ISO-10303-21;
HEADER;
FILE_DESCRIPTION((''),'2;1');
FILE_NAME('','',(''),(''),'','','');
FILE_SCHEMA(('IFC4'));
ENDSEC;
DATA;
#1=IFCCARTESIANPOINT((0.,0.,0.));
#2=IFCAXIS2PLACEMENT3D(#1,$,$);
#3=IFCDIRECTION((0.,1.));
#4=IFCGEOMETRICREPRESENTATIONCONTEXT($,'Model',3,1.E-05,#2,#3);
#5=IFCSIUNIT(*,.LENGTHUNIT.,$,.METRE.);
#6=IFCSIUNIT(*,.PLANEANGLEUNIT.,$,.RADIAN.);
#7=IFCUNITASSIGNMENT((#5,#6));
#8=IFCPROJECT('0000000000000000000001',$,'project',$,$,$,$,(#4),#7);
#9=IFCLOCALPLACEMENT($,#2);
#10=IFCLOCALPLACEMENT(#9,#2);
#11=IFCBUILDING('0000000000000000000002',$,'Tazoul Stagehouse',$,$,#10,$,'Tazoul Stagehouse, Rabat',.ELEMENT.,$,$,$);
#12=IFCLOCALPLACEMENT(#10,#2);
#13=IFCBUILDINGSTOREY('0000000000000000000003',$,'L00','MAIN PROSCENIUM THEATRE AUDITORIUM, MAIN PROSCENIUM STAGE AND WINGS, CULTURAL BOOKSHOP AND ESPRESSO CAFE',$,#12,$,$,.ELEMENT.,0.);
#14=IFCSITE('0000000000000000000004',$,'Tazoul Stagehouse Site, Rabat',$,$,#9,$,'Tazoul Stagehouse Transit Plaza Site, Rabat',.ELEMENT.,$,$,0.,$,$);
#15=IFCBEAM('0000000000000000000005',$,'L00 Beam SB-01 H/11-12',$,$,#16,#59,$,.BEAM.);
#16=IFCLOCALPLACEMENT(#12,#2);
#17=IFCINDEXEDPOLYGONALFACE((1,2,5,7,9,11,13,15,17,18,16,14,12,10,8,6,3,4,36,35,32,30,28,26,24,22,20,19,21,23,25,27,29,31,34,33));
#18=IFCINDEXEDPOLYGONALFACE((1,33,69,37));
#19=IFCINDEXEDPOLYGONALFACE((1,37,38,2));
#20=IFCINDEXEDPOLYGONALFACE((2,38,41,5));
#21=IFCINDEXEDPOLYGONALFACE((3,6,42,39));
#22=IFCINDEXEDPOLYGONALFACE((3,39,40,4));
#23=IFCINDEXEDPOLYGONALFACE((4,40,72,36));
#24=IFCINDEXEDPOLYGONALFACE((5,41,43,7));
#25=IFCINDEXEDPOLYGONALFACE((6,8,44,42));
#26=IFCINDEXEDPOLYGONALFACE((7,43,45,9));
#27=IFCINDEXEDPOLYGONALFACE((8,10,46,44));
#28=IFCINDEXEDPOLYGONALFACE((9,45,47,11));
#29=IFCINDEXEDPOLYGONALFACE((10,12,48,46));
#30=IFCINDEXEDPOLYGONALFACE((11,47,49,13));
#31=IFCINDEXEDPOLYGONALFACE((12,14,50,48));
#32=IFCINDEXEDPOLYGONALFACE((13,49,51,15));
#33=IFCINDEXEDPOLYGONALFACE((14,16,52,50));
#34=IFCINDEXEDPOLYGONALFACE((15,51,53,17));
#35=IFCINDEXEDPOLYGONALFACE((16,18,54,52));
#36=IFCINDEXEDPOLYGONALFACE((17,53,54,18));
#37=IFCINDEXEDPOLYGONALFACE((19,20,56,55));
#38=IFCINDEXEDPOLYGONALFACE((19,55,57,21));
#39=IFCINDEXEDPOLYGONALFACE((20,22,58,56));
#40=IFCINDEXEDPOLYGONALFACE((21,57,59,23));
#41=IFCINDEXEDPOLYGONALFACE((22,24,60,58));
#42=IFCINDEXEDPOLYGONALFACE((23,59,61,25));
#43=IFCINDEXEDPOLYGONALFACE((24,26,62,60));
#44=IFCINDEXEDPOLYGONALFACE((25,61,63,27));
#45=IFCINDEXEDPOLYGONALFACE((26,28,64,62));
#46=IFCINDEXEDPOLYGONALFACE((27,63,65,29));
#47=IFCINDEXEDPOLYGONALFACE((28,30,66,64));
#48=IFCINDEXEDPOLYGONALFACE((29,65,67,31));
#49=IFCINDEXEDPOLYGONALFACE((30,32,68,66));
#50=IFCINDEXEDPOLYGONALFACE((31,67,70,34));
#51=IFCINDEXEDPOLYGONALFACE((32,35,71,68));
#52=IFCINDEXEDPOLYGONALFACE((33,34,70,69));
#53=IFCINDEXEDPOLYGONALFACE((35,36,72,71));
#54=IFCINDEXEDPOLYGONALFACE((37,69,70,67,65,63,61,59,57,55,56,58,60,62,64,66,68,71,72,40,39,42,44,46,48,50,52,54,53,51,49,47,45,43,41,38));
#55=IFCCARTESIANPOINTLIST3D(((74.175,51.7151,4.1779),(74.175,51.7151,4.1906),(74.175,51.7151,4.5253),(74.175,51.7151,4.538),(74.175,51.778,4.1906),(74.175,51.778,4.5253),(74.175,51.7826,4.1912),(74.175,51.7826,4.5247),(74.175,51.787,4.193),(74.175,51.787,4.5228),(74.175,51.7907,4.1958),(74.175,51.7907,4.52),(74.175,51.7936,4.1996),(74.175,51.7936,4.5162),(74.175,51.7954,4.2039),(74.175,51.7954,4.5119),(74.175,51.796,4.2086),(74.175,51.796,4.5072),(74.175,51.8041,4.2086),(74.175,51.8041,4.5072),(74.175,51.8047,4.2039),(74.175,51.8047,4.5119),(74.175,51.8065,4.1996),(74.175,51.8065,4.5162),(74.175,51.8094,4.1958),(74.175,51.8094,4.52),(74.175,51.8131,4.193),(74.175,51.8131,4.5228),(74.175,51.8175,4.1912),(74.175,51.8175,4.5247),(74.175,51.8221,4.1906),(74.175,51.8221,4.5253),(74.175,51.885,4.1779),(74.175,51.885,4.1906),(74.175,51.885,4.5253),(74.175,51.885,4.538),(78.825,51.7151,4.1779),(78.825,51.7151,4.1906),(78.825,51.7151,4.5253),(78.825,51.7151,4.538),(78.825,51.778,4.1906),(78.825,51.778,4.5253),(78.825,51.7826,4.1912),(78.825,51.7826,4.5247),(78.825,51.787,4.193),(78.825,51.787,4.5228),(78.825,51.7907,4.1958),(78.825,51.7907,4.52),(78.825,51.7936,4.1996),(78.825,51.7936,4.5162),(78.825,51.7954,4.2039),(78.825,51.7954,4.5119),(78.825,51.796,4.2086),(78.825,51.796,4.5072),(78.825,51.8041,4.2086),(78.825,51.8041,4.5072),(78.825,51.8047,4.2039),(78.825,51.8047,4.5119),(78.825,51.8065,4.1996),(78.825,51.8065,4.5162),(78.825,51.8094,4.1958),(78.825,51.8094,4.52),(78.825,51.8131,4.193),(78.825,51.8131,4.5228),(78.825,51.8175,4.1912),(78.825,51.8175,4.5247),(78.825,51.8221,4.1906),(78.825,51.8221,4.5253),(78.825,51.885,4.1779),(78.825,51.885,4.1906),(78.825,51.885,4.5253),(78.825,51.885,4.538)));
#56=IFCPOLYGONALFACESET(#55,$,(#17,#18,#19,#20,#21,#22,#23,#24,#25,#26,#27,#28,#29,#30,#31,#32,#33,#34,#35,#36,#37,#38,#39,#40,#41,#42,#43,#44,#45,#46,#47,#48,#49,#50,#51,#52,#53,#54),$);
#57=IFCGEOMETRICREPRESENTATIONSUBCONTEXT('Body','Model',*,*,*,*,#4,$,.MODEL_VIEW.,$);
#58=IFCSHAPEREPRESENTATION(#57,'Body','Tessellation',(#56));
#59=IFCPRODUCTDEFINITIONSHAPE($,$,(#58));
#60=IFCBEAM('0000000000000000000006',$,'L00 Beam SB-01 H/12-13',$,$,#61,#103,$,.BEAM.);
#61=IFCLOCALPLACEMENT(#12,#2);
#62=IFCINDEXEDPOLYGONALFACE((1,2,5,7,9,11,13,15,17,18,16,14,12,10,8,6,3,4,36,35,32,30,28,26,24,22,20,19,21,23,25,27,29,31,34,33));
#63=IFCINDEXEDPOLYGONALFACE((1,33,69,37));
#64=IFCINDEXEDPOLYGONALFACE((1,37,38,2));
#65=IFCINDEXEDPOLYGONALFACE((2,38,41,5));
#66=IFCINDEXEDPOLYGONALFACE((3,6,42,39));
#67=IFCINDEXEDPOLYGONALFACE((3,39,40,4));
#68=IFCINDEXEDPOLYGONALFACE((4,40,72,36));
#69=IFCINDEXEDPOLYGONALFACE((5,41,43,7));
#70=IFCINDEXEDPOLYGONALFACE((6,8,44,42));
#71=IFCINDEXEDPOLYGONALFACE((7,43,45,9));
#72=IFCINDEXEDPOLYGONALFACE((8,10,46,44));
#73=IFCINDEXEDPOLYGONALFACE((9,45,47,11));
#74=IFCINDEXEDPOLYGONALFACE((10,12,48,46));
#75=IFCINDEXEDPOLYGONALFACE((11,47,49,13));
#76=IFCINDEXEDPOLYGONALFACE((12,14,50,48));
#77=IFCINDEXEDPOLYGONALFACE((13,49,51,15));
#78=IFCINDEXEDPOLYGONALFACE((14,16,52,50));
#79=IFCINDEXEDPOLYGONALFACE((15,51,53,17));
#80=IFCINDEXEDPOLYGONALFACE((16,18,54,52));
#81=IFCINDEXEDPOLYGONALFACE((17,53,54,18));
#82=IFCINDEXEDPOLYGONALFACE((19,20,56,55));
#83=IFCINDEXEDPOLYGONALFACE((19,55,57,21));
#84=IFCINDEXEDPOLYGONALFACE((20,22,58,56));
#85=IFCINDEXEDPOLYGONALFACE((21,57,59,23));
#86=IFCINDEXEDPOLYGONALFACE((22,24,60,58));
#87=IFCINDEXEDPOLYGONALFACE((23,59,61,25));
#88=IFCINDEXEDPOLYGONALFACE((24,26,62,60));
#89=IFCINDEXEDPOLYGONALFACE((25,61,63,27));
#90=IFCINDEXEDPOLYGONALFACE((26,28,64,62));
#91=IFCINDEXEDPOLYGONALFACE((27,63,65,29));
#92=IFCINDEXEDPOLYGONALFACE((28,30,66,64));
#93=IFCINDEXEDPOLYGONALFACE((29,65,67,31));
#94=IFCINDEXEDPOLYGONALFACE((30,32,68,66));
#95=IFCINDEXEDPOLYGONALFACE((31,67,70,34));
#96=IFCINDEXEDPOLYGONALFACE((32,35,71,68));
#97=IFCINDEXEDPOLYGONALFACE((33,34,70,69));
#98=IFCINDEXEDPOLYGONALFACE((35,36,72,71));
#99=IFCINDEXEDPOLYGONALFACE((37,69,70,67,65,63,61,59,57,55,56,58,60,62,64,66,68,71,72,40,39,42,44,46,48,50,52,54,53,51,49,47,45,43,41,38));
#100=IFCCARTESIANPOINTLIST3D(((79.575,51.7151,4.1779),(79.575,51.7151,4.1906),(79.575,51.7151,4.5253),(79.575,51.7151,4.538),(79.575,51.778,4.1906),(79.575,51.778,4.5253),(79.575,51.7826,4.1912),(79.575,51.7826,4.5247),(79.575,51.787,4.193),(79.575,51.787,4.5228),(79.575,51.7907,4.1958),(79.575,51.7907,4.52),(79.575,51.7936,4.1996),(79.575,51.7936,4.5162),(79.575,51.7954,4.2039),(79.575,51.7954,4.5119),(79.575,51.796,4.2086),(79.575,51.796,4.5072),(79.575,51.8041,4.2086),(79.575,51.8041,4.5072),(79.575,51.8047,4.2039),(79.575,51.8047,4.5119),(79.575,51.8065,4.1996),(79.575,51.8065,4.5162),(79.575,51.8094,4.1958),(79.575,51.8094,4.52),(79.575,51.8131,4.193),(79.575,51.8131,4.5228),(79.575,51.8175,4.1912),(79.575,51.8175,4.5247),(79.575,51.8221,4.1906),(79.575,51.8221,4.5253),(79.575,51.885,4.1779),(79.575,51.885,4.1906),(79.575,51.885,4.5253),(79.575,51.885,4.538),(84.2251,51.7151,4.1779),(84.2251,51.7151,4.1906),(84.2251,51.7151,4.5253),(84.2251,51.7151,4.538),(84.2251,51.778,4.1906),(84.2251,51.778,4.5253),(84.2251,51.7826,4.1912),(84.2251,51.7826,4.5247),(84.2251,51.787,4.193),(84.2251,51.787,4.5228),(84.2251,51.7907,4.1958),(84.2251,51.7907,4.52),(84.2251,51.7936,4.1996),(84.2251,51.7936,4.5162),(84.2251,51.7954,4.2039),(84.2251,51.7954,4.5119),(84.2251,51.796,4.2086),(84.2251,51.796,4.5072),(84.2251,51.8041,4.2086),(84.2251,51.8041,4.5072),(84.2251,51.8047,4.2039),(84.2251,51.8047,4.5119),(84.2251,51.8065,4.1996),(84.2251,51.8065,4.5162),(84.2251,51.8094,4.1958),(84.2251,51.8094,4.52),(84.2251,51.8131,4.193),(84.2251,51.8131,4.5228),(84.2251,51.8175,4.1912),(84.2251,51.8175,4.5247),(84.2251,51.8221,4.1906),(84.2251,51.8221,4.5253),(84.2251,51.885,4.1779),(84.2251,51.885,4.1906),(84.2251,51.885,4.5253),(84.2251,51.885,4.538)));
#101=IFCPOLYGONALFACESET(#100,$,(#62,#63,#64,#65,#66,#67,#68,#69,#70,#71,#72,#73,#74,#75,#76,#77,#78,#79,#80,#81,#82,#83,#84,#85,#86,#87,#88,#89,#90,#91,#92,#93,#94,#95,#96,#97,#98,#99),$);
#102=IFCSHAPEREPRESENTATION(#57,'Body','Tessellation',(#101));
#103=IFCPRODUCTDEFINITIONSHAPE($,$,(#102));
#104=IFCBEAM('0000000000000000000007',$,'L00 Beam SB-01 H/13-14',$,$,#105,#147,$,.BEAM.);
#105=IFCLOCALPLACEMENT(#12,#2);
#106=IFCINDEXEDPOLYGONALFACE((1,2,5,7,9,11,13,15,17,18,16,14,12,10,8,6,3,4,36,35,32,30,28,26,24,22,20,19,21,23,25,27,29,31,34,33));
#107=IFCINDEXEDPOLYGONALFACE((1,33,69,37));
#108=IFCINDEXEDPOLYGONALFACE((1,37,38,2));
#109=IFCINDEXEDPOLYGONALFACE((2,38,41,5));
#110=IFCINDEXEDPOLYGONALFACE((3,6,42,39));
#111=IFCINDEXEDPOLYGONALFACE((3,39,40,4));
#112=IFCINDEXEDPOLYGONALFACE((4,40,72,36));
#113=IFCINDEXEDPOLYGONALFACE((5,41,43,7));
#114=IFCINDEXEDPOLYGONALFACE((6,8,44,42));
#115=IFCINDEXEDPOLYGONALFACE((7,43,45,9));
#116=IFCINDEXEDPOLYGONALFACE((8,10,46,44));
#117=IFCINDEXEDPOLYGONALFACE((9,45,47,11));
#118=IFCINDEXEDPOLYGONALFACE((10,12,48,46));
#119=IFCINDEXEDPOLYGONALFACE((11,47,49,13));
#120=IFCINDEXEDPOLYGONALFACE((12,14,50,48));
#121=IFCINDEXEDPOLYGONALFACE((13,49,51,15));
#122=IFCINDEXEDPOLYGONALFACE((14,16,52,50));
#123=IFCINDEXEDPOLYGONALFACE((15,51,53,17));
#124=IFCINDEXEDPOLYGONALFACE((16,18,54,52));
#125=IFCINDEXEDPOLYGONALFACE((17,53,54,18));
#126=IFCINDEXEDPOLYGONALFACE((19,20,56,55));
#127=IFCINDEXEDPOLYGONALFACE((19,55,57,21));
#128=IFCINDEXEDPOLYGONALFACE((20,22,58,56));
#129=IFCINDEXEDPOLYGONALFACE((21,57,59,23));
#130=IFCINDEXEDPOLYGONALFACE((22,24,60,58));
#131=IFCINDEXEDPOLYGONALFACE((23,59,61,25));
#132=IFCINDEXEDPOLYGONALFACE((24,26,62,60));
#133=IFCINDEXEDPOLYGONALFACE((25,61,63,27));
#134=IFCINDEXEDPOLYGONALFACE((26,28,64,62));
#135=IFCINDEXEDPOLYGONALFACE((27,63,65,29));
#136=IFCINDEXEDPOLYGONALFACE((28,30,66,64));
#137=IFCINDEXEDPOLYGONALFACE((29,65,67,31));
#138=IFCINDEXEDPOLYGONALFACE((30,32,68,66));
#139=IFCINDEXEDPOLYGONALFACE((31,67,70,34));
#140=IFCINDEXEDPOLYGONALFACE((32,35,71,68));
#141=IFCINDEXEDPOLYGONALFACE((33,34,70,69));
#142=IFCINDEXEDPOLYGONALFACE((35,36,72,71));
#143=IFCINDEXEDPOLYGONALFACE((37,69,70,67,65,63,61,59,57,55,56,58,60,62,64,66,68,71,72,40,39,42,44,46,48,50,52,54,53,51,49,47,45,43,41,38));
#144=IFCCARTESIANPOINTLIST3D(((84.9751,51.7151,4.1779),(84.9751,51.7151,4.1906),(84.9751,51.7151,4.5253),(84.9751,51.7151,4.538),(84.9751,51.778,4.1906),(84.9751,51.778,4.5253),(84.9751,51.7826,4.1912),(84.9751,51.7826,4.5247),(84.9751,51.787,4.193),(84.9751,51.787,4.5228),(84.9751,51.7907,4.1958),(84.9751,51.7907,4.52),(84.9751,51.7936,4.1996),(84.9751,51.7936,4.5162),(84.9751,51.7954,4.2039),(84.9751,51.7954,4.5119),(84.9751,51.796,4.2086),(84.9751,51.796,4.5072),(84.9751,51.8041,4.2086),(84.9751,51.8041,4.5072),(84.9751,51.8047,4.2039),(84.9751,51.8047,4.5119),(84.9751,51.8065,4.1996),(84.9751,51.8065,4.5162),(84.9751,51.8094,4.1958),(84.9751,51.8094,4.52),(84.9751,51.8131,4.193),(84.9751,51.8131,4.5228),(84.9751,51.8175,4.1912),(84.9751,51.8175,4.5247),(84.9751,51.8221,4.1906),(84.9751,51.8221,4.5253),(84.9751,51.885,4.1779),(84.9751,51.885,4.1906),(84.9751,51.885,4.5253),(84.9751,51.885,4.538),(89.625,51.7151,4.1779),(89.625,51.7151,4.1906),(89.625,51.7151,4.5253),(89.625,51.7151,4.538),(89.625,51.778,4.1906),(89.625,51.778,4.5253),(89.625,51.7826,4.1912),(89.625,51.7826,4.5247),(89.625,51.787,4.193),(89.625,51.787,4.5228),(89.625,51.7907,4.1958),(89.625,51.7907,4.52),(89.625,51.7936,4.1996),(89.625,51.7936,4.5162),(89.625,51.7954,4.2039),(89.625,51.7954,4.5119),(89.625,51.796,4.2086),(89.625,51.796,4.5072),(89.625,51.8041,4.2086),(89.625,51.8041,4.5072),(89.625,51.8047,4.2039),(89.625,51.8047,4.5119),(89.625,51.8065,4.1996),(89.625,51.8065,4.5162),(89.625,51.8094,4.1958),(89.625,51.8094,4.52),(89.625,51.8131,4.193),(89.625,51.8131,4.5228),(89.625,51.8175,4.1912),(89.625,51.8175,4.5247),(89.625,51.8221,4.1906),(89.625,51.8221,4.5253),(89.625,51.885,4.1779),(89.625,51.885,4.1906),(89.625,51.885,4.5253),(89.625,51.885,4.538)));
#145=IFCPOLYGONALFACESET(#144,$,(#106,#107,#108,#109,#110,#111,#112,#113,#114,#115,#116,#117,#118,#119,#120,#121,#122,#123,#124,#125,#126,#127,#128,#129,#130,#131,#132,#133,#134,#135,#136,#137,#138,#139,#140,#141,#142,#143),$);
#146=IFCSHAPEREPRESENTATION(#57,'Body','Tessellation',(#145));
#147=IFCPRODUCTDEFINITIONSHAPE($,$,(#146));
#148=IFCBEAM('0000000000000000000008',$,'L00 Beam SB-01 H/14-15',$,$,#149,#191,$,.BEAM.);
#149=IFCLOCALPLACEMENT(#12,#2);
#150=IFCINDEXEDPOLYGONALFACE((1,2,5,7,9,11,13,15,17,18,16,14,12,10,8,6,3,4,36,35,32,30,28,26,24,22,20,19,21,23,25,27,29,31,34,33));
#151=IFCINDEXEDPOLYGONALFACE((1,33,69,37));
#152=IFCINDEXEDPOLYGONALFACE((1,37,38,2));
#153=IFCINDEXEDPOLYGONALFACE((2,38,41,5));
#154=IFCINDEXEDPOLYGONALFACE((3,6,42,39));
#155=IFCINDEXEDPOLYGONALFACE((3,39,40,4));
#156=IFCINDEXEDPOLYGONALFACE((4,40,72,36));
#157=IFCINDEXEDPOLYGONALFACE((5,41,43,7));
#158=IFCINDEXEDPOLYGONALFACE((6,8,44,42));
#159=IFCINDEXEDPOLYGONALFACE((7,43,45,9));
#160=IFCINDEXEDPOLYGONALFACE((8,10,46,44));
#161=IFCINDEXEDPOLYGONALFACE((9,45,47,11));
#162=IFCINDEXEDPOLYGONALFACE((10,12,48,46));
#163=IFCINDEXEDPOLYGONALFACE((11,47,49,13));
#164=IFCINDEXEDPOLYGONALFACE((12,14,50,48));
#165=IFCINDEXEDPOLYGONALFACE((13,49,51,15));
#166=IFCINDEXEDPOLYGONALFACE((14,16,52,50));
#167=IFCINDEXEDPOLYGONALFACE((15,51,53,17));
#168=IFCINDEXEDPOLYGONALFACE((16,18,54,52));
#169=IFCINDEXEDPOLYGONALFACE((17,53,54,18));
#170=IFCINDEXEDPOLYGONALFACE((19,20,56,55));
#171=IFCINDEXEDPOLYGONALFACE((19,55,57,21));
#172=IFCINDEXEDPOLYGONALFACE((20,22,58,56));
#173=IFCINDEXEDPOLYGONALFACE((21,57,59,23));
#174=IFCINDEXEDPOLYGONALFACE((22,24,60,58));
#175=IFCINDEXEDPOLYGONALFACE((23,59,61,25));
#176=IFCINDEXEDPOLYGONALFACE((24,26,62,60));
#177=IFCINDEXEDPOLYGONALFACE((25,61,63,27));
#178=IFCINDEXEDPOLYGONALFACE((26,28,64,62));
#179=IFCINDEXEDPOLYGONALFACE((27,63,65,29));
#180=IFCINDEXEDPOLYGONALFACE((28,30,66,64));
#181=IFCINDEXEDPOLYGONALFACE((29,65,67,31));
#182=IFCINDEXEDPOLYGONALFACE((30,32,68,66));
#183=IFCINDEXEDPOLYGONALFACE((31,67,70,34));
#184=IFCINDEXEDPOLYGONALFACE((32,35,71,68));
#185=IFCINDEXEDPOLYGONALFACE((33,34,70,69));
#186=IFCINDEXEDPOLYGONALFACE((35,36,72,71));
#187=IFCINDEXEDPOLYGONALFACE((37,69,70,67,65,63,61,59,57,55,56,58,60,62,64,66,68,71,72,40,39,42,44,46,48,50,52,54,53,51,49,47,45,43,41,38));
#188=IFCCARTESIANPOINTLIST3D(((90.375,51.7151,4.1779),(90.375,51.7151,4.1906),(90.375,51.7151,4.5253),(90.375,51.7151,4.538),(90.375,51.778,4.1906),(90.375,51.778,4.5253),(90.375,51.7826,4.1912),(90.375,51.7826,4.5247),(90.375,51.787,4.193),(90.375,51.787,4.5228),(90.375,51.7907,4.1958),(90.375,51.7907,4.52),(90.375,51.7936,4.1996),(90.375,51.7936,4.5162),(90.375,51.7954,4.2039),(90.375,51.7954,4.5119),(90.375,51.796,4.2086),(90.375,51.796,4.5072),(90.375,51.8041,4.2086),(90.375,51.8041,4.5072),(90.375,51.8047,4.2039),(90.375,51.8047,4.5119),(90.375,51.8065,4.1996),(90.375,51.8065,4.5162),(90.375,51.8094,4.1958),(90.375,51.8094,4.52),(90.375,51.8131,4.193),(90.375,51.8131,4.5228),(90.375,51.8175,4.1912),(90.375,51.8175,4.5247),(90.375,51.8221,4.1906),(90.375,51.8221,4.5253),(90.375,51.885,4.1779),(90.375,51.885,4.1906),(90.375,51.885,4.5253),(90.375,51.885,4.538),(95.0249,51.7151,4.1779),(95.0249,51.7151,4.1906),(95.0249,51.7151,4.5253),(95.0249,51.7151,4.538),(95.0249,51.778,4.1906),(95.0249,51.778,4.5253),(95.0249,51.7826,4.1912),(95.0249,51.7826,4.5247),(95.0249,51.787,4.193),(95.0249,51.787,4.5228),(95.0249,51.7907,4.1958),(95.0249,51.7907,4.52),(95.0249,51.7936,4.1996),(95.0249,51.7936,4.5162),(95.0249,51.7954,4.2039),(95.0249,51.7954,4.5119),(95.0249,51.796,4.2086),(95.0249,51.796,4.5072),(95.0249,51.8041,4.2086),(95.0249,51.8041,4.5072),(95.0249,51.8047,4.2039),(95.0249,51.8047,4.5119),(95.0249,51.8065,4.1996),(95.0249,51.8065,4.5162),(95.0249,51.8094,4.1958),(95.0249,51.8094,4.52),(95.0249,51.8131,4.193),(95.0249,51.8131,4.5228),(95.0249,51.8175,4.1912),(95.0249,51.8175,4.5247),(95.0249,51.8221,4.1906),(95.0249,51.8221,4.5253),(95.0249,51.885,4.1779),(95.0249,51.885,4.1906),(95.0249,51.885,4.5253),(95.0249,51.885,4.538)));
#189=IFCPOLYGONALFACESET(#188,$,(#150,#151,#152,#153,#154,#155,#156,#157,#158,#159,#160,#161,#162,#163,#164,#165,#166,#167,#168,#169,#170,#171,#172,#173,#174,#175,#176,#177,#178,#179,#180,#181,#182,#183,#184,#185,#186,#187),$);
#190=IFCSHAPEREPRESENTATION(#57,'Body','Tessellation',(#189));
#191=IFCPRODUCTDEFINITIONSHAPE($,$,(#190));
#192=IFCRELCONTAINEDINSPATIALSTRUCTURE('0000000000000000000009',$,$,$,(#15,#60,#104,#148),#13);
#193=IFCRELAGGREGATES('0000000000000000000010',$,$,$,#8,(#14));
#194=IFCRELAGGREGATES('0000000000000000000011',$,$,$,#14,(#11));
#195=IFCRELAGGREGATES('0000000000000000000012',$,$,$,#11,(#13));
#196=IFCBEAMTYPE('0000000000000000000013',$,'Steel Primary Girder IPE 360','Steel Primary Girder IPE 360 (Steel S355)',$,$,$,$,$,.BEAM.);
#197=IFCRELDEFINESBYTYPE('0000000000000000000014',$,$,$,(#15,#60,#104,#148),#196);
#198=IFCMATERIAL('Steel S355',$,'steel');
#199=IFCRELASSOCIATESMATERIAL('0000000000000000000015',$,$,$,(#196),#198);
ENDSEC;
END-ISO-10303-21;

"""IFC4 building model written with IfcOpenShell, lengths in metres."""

from ifc_helpers import new_model, si_unit, direction, frame, origin, origin_2d, place, context, subcontext, project, spatial, i_section, extrude, material, material_profile, profile_set, type_object, element, save


model = new_model("IFC4")

# Units and contexts
model_context = context("Model", 3, precision=1e-05, world=origin(), true_north=direction((0.0, 1.0)))
body_context = subcontext(model_context, "Body", "Model", "MODEL_VIEW")
ifc_project = project(units=[si_unit("LENGTHUNIT", "METRE"), si_unit("PLANEANGLEUNIT", "RADIAN")], contexts=[model_context])

# Site, building, storey
site_placement = place(None, origin())
site = spatial("IfcSite", under=ifc_project, at=site_placement, Name="Tazoul Stagehouse Site, Rabat", LongName="Tazoul Stagehouse Transit Plaza Site, Rabat", CompositionType="ELEMENT", RefElevation=0.0)
building_placement = place(site_placement, origin())
building = spatial("IfcBuilding", under=site, at=building_placement, Name="Tazoul Stagehouse", LongName="Tazoul Stagehouse, Rabat", CompositionType="ELEMENT")
storey_placement = place(building_placement, origin())
storey = spatial("IfcBuildingStorey", under=building, at=storey_placement, Name="L00", Description="MAIN PROSCENIUM THEATRE AUDITORIUM, MAIN PROSCENIUM STAGE AND WINGS, CULTURAL BOOKSHOP AND ESPRESSO CAFE", CompositionType="ELEMENT", Elevation=0.0)

# Beams
ifc_material_1 = material(Name="Steel S355", Category="steel")
ifc_material_profile_1 = material_profile(ifc_material_1, i_section(OverallWidth=0.1699, OverallDepth=0.3601, WebThickness=0.0081, FlangeThickness=0.0127, FilletRadius=0.0181, at=origin_2d()), Name="IPE 360")
ifc_profile_set_1 = profile_set([ifc_material_profile_1], Name="Steel S355")
beam_type_1 = type_object("IfcBeamType", Name="Steel Primary Girder IPE 360", Description="Steel Primary Girder IPE 360 (Steel S355)", PredefinedType="BEAM", material=ifc_profile_set_1)
beam_1_placement = place(storey_placement, frame((74.175, 51.8, 4.3579), z_axis=(1.0, 0.0, 0.0), x_axis=(0.0, 1.0, 0.0)))
element("IfcBeam", 1, at=beam_1_placement, inside=storey, type_object=beam_type_1, Name="L00 Beam SB-01 H/11-12", PredefinedType="BEAM", context=body_context, shape_type="SweptSolid", body=[
    extrude(i_section(OverallWidth=0.1699, OverallDepth=0.3601, WebThickness=0.0081, FlangeThickness=0.0127, FilletRadius=0.0181, at=origin_2d()), origin(), (0.0, 0.0, 1.0), 4.6499),
])
beam_2_placement = place(storey_placement, frame((79.575, 51.8, 4.3579), z_axis=(1.0, 0.0, 0.0), x_axis=(0.0, 1.0, 0.0)))
element("IfcBeam", 2, at=beam_2_placement, inside=storey, type_object=beam_type_1, Name="L00 Beam SB-01 H/12-13", PredefinedType="BEAM", context=body_context, shape_type="SweptSolid", body=[
    extrude(i_section(OverallWidth=0.1699, OverallDepth=0.3601, WebThickness=0.0081, FlangeThickness=0.0127, FilletRadius=0.0181, at=origin_2d()), origin(), (0.0, 0.0, 1.0), 4.6501),
])
for number, where, z_axis, x_axis, name in (
    (3, (84.9751, 51.8, 4.3579), (1.0, 0.0, 0.0), (0.0, 1.0, 0.0), "L00 Beam SB-01 H/13-14"),
    (4, (90.375, 51.8, 4.3579), (1.0, 0.0, 0.0), (0.0, 1.0, 0.0), "L00 Beam SB-01 H/14-15"),
):
    element("IfcBeam", number, at=place(storey_placement, frame(where, z_axis=z_axis, x_axis=x_axis)), inside=storey, type_object=beam_type_1, Name=name, PredefinedType="BEAM", context=body_context, shape_type="SweptSolid", body=[
        extrude(i_section(OverallWidth=0.1699, OverallDepth=0.3601, WebThickness=0.0081, FlangeThickness=0.0127, FilletRadius=0.0181, at=origin_2d()), origin(), (0.0, 0.0, 1.0), 4.6499),
    ])

save(model, "model.ifc")
